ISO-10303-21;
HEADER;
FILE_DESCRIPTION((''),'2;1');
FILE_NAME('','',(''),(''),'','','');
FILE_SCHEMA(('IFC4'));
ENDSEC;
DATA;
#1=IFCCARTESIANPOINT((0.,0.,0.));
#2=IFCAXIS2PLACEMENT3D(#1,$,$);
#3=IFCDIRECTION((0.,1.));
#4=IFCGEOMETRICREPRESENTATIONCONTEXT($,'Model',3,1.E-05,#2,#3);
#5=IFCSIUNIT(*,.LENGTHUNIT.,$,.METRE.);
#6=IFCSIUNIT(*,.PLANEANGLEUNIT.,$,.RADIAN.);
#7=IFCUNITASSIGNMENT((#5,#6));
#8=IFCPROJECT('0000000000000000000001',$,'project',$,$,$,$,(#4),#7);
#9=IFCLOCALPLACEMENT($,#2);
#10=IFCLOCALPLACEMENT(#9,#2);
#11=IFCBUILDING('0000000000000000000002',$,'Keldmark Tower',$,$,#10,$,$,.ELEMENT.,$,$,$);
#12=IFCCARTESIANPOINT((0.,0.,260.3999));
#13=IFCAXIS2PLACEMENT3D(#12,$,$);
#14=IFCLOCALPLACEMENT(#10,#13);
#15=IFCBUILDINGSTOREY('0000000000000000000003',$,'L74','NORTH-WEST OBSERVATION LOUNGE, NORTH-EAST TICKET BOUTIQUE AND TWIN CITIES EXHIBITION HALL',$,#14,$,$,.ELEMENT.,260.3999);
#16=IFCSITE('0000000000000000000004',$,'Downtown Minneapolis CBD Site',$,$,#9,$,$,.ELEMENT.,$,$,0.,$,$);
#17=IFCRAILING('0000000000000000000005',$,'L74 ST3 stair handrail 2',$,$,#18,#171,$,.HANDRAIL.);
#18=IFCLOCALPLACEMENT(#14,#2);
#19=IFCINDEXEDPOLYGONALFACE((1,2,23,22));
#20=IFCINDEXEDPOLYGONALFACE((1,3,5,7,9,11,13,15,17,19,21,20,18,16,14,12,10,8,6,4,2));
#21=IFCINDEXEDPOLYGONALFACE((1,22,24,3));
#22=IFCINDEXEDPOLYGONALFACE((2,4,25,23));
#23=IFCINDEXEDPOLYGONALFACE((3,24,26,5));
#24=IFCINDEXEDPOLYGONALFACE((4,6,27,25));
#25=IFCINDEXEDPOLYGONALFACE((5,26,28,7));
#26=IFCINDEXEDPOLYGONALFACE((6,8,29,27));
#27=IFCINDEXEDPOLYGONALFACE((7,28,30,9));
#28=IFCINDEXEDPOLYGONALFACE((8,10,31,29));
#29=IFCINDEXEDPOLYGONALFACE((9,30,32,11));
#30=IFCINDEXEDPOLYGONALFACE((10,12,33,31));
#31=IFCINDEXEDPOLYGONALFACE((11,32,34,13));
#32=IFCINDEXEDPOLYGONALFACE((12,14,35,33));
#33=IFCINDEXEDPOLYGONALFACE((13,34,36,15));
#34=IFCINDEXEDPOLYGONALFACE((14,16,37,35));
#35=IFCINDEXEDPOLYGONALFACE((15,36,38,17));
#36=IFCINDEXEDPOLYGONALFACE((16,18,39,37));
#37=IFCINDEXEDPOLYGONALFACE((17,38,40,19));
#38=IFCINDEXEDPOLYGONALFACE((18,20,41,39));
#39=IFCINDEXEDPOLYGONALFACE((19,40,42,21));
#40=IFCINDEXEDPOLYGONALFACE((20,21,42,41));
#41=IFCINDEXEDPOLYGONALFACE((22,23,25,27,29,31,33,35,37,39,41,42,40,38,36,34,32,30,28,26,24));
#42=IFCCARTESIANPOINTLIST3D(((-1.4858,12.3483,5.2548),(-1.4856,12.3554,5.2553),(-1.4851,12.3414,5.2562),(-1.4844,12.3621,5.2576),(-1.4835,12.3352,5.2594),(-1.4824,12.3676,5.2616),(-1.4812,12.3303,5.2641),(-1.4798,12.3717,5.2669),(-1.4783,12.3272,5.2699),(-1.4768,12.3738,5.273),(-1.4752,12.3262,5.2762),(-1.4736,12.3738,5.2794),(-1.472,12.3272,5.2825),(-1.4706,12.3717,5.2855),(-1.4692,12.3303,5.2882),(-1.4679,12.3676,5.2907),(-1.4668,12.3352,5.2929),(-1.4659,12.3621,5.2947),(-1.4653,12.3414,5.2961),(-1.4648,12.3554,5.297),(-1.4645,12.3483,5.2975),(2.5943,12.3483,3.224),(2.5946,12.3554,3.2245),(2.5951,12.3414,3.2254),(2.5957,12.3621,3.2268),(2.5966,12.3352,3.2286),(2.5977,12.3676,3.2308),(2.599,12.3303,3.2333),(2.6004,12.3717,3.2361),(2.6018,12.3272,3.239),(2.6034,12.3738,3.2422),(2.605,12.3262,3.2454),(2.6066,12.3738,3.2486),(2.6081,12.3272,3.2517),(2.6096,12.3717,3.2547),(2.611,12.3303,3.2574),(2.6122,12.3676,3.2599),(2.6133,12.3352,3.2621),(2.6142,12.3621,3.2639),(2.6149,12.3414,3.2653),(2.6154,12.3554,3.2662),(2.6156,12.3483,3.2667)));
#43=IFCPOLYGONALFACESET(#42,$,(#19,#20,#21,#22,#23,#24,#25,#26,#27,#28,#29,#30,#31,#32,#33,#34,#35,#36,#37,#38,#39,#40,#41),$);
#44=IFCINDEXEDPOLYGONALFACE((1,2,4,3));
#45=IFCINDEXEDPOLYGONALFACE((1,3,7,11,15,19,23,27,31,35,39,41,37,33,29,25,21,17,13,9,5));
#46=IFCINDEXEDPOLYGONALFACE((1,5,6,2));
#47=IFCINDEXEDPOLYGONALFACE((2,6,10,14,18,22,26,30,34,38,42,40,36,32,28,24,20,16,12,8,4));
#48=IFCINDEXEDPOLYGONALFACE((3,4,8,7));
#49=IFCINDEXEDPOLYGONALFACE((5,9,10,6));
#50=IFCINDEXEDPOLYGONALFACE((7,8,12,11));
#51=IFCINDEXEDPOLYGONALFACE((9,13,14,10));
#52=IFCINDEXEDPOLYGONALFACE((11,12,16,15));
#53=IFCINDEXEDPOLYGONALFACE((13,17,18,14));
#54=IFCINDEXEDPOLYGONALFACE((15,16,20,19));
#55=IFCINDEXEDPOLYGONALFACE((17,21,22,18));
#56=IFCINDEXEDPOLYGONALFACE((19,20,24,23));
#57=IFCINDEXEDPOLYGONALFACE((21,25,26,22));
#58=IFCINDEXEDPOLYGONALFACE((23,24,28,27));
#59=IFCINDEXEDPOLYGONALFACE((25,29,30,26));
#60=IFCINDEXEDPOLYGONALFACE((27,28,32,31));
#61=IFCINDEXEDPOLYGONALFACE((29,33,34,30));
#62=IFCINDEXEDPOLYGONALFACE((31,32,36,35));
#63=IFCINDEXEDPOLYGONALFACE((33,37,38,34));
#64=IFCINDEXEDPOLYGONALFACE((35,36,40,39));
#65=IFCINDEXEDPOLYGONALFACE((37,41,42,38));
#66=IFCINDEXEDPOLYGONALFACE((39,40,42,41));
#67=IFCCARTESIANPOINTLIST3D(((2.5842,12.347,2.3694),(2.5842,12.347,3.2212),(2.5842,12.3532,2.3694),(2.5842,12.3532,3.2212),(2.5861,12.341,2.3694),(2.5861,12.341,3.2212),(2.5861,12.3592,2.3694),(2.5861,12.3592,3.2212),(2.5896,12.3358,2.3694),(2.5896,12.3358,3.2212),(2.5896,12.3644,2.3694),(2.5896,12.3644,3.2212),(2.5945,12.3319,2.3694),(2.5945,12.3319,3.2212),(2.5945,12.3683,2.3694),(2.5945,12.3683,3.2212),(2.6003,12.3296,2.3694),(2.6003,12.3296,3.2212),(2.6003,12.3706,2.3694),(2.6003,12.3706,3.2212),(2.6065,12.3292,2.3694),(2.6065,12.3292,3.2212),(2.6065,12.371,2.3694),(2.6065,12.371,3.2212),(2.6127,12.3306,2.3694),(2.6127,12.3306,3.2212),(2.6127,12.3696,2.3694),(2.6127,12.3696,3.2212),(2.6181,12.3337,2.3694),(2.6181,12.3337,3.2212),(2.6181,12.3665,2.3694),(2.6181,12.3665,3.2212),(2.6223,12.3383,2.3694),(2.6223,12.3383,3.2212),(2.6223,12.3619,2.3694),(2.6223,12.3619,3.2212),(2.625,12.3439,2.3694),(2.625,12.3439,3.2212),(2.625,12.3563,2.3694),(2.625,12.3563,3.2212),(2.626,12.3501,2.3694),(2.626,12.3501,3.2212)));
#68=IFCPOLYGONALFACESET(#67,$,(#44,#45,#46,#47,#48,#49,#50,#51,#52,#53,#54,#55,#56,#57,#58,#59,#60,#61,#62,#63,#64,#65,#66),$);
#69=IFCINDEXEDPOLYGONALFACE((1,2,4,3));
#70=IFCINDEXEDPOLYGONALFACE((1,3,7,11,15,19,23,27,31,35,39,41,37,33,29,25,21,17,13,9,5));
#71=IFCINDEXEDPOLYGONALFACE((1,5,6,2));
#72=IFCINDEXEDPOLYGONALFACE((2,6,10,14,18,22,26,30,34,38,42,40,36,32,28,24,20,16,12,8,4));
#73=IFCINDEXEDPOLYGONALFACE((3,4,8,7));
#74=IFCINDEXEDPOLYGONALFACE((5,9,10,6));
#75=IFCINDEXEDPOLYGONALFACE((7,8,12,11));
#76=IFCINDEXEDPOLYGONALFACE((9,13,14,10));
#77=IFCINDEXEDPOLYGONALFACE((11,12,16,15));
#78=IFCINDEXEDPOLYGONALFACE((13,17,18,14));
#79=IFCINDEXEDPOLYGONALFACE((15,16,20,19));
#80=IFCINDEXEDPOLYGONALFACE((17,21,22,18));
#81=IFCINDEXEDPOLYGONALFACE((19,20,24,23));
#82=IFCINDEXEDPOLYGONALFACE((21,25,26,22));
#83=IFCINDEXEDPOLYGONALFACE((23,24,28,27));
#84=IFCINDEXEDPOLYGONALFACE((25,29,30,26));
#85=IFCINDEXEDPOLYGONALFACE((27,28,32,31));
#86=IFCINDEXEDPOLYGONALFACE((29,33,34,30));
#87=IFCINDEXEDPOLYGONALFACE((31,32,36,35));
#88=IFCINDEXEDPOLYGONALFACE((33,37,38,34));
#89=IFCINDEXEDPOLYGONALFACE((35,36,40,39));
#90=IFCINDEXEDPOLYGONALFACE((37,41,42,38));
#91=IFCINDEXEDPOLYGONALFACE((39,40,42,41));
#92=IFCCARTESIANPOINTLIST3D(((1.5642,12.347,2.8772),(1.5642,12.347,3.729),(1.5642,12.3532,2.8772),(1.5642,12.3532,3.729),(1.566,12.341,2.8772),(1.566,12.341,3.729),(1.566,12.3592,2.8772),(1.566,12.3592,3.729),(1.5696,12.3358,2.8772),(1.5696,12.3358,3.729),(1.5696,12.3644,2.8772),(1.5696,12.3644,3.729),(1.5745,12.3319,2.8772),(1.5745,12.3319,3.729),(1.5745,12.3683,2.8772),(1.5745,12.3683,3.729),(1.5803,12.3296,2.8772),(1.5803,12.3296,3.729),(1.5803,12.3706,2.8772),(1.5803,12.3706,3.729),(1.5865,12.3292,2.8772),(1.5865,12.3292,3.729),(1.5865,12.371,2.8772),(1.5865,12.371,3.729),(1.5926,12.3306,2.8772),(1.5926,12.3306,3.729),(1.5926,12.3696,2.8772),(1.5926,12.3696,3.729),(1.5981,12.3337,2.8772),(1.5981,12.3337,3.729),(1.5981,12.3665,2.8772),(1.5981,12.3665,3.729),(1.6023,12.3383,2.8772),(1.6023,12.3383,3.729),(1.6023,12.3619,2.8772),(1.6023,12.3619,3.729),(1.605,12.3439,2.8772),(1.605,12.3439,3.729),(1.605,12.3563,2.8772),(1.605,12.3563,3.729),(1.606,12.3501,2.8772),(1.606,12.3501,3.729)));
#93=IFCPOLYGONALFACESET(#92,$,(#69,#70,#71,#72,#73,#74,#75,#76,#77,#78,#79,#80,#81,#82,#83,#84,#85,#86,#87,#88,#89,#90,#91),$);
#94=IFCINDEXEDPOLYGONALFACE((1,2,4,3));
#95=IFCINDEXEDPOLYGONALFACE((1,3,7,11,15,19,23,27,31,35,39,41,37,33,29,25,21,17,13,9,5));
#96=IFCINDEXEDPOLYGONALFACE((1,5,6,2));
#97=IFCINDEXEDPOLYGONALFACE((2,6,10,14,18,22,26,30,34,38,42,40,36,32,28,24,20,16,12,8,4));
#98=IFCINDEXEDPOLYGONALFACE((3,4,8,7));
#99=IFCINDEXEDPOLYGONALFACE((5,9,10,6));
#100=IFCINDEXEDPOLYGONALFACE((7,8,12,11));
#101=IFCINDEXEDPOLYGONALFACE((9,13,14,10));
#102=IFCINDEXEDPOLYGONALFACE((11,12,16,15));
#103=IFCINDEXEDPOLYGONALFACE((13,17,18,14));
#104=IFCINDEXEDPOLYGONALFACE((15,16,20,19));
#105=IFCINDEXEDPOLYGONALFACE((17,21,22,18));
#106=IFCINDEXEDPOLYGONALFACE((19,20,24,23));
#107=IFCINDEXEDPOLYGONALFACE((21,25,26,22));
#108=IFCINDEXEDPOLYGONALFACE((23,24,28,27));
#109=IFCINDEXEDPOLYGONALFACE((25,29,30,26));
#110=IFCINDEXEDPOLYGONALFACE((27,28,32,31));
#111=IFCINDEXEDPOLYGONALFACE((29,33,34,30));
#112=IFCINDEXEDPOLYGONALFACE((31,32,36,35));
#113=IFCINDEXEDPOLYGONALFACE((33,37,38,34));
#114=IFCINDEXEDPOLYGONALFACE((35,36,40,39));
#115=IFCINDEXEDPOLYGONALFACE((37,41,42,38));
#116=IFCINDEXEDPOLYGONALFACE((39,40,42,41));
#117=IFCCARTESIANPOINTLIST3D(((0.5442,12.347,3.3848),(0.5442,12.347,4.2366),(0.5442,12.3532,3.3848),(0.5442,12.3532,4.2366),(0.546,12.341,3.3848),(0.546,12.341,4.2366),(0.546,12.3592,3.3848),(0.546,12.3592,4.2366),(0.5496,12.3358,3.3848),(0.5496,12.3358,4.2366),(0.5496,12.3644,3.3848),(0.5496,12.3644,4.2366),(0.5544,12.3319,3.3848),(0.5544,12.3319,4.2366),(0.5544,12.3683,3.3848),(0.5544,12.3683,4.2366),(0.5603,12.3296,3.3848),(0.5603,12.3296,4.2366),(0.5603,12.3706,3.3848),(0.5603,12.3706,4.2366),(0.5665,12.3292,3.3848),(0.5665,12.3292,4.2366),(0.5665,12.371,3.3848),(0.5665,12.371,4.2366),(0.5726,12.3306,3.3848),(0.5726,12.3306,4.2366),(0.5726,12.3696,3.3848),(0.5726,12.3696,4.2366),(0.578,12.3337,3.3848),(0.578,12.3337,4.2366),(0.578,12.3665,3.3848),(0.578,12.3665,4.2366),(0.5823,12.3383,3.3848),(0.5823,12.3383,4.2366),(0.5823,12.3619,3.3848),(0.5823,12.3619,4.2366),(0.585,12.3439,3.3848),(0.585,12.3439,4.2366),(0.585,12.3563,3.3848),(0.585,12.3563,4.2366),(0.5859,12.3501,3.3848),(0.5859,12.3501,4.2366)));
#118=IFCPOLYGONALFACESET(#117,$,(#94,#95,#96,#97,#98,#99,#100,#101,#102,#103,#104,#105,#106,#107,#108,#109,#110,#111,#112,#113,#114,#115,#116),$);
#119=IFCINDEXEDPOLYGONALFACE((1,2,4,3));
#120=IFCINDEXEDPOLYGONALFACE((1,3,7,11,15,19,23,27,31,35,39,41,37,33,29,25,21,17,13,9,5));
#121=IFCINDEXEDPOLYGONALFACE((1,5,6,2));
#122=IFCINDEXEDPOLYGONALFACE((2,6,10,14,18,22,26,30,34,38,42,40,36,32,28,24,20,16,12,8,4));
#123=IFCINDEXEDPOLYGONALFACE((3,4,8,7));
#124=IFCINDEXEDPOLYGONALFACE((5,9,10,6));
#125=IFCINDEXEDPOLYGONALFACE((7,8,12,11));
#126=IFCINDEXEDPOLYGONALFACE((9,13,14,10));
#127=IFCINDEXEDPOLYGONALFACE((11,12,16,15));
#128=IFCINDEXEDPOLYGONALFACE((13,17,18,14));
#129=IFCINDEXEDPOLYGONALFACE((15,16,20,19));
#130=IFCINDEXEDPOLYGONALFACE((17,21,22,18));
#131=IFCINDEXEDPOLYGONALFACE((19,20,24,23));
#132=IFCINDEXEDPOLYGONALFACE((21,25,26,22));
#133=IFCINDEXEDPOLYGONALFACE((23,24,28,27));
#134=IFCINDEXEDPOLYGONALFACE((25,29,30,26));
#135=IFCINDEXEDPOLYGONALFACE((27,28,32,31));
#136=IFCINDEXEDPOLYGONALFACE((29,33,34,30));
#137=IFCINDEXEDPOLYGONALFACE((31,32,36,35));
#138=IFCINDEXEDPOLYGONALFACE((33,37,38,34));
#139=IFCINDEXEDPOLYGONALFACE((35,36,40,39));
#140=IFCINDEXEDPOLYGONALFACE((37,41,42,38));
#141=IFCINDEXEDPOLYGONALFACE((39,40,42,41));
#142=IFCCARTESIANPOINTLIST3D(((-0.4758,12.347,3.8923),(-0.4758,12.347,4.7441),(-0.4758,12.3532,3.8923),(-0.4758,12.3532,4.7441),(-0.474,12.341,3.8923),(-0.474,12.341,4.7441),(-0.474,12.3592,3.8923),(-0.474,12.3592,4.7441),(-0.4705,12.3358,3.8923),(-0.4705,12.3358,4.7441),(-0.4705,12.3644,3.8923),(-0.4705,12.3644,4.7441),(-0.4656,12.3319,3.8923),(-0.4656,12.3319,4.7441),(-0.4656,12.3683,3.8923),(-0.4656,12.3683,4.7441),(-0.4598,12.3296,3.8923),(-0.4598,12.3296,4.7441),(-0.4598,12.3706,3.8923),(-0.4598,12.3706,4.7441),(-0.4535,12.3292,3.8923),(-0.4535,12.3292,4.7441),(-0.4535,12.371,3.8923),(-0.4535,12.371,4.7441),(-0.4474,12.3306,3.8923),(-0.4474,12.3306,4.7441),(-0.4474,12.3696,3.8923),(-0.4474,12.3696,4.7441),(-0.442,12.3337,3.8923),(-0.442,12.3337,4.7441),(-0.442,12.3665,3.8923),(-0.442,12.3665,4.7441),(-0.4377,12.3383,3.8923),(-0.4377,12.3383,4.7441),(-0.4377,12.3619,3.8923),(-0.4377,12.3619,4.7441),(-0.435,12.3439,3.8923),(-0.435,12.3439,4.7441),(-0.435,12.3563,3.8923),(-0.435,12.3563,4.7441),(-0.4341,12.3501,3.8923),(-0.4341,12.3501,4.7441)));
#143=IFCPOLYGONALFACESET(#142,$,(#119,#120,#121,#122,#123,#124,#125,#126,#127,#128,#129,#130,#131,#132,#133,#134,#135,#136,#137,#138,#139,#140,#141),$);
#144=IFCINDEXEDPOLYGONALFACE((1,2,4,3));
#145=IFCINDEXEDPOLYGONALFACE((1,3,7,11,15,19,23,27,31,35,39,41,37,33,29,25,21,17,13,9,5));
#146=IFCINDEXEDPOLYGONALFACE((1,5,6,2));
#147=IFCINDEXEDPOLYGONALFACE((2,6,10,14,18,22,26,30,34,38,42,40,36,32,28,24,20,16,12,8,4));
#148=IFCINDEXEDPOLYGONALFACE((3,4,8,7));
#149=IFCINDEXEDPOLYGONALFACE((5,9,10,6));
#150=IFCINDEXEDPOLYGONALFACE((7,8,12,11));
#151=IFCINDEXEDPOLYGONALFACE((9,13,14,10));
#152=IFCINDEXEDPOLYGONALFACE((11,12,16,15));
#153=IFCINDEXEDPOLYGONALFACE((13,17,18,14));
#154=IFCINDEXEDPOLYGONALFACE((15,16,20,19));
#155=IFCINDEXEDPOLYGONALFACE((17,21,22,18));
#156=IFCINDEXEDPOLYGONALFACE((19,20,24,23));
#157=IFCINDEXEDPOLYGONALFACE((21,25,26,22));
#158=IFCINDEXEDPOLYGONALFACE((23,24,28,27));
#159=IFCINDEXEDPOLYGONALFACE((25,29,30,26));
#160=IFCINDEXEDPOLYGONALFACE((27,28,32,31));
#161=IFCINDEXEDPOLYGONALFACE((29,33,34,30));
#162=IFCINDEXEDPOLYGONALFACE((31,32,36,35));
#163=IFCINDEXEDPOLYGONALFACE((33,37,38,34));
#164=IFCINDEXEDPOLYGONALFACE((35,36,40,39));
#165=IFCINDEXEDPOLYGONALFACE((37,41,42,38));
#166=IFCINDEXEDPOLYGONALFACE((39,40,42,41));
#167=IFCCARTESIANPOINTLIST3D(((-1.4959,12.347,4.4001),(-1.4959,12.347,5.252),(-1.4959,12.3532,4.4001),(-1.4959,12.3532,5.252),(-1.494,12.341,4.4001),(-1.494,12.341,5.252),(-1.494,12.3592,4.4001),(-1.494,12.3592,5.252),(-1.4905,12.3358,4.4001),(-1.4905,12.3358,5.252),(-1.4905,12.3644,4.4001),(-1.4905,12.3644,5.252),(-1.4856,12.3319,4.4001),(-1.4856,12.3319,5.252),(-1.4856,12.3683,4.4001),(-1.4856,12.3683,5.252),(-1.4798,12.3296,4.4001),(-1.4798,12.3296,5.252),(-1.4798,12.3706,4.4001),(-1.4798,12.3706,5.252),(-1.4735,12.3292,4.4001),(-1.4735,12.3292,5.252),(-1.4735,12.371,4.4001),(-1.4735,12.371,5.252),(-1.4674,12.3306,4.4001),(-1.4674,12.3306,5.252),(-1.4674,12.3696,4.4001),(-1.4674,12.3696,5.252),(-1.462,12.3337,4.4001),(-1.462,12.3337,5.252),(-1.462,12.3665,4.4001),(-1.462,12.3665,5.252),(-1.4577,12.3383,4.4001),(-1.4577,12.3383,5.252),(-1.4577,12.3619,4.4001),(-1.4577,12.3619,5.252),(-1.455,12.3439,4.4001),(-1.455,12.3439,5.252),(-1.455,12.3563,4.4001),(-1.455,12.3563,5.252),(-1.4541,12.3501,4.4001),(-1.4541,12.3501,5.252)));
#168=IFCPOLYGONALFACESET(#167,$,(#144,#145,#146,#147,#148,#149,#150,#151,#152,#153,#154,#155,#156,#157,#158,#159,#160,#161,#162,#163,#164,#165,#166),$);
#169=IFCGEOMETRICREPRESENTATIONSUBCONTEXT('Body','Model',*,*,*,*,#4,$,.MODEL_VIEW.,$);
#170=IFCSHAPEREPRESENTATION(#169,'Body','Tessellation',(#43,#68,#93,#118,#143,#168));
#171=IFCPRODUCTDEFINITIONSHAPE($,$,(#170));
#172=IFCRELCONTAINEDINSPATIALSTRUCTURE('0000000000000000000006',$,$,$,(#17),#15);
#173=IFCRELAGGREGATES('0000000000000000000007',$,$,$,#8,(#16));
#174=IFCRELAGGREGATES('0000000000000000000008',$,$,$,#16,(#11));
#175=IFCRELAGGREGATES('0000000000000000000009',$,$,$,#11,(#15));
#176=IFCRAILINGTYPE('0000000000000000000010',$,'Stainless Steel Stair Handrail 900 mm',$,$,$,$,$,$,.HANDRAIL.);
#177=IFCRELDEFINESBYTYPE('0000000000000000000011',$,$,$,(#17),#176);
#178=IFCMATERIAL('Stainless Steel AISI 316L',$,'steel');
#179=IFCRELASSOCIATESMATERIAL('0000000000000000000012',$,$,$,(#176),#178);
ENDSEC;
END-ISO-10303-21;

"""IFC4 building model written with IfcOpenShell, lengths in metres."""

from ifc_helpers import new_model, si_unit, direction, frame, origin, origin_2d, place, context, subcontext, project, spatial, circle, extrude, material, type_object, element, save


model = new_model("IFC4")

# Units and contexts
model_context = context("Model", 3, precision=1e-05, world=origin(), true_north=direction((0.0, 1.0)))
body_context = subcontext(model_context, "Body", "Model", "MODEL_VIEW")
ifc_project = project(units=[si_unit("LENGTHUNIT", "METRE"), si_unit("PLANEANGLEUNIT", "RADIAN")], contexts=[model_context])

# Site, building, storey
site_placement = place(None, origin())
site = spatial("IfcSite", under=ifc_project, at=site_placement, Name="Downtown Minneapolis CBD Site", CompositionType="ELEMENT", RefElevation=0.0)
building_placement = place(site_placement, origin())
building = spatial("IfcBuilding", under=site, at=building_placement, Name="Keldmark Tower", CompositionType="ELEMENT")
storey_placement = place(building_placement, frame((0.0, 0.0, 260.3999)))
storey = spatial("IfcBuildingStorey", under=building, at=storey_placement, Name="L74", Description="NORTH-WEST OBSERVATION LOUNGE, NORTH-EAST TICKET BOUTIQUE AND TWIN CITIES EXHIBITION HALL", CompositionType="ELEMENT", Elevation=260.3999)

# Railing
ifc_material_1 = material(Name="Stainless Steel AISI 316L", Category="steel")
railing_type_1 = type_object("IfcRailingType", Name="Stainless Steel Stair Handrail 900 mm", PredefinedType="HANDRAIL", material=ifc_material_1)
railing_1_placement = place(storey_placement, frame((2.605, 12.3501, 2.3694)))
element("IfcRailing", 1, at=railing_1_placement, inside=storey, type_object=railing_type_1, Name="L74 ST3 stair handrail 2", PredefinedType="HANDRAIL", context=body_context, shape_type="SweptSolid", body=[
    extrude(circle(Radius=0.0239, at=origin_2d()), frame((0.0, 0.0, 0.876), z_axis=(-0.89524, 0.0, 0.445584), x_axis=(0.0, -1.0, 0.0)), (0.0, 0.0, 1.0), 4.5576),
    extrude(circle(Radius=0.021, at=origin_2d()), origin(), (0.0, 0.0, 1.0), 0.8518),
    extrude(circle(Radius=0.021, at=origin_2d()), frame((-1.02, 0.0, 0.5078)), (0.0, 0.0, 1.0), 0.8518),
    extrude(circle(Radius=0.021, at=origin_2d()), frame((-2.04, 0.0, 1.0154)), (0.0, 0.0, 1.0), 0.8518),
    extrude(circle(Radius=0.021, at=origin_2d()), frame((-3.0601, 0.0, 1.5229)), (0.0, 0.0, 1.0), 0.8518),
    extrude(circle(Radius=0.021, at=origin_2d()), frame((-4.0801, 0.0, 2.0308)), (0.0, 0.0, 1.0), 0.8518),
])

save(model, "model.ifc")
